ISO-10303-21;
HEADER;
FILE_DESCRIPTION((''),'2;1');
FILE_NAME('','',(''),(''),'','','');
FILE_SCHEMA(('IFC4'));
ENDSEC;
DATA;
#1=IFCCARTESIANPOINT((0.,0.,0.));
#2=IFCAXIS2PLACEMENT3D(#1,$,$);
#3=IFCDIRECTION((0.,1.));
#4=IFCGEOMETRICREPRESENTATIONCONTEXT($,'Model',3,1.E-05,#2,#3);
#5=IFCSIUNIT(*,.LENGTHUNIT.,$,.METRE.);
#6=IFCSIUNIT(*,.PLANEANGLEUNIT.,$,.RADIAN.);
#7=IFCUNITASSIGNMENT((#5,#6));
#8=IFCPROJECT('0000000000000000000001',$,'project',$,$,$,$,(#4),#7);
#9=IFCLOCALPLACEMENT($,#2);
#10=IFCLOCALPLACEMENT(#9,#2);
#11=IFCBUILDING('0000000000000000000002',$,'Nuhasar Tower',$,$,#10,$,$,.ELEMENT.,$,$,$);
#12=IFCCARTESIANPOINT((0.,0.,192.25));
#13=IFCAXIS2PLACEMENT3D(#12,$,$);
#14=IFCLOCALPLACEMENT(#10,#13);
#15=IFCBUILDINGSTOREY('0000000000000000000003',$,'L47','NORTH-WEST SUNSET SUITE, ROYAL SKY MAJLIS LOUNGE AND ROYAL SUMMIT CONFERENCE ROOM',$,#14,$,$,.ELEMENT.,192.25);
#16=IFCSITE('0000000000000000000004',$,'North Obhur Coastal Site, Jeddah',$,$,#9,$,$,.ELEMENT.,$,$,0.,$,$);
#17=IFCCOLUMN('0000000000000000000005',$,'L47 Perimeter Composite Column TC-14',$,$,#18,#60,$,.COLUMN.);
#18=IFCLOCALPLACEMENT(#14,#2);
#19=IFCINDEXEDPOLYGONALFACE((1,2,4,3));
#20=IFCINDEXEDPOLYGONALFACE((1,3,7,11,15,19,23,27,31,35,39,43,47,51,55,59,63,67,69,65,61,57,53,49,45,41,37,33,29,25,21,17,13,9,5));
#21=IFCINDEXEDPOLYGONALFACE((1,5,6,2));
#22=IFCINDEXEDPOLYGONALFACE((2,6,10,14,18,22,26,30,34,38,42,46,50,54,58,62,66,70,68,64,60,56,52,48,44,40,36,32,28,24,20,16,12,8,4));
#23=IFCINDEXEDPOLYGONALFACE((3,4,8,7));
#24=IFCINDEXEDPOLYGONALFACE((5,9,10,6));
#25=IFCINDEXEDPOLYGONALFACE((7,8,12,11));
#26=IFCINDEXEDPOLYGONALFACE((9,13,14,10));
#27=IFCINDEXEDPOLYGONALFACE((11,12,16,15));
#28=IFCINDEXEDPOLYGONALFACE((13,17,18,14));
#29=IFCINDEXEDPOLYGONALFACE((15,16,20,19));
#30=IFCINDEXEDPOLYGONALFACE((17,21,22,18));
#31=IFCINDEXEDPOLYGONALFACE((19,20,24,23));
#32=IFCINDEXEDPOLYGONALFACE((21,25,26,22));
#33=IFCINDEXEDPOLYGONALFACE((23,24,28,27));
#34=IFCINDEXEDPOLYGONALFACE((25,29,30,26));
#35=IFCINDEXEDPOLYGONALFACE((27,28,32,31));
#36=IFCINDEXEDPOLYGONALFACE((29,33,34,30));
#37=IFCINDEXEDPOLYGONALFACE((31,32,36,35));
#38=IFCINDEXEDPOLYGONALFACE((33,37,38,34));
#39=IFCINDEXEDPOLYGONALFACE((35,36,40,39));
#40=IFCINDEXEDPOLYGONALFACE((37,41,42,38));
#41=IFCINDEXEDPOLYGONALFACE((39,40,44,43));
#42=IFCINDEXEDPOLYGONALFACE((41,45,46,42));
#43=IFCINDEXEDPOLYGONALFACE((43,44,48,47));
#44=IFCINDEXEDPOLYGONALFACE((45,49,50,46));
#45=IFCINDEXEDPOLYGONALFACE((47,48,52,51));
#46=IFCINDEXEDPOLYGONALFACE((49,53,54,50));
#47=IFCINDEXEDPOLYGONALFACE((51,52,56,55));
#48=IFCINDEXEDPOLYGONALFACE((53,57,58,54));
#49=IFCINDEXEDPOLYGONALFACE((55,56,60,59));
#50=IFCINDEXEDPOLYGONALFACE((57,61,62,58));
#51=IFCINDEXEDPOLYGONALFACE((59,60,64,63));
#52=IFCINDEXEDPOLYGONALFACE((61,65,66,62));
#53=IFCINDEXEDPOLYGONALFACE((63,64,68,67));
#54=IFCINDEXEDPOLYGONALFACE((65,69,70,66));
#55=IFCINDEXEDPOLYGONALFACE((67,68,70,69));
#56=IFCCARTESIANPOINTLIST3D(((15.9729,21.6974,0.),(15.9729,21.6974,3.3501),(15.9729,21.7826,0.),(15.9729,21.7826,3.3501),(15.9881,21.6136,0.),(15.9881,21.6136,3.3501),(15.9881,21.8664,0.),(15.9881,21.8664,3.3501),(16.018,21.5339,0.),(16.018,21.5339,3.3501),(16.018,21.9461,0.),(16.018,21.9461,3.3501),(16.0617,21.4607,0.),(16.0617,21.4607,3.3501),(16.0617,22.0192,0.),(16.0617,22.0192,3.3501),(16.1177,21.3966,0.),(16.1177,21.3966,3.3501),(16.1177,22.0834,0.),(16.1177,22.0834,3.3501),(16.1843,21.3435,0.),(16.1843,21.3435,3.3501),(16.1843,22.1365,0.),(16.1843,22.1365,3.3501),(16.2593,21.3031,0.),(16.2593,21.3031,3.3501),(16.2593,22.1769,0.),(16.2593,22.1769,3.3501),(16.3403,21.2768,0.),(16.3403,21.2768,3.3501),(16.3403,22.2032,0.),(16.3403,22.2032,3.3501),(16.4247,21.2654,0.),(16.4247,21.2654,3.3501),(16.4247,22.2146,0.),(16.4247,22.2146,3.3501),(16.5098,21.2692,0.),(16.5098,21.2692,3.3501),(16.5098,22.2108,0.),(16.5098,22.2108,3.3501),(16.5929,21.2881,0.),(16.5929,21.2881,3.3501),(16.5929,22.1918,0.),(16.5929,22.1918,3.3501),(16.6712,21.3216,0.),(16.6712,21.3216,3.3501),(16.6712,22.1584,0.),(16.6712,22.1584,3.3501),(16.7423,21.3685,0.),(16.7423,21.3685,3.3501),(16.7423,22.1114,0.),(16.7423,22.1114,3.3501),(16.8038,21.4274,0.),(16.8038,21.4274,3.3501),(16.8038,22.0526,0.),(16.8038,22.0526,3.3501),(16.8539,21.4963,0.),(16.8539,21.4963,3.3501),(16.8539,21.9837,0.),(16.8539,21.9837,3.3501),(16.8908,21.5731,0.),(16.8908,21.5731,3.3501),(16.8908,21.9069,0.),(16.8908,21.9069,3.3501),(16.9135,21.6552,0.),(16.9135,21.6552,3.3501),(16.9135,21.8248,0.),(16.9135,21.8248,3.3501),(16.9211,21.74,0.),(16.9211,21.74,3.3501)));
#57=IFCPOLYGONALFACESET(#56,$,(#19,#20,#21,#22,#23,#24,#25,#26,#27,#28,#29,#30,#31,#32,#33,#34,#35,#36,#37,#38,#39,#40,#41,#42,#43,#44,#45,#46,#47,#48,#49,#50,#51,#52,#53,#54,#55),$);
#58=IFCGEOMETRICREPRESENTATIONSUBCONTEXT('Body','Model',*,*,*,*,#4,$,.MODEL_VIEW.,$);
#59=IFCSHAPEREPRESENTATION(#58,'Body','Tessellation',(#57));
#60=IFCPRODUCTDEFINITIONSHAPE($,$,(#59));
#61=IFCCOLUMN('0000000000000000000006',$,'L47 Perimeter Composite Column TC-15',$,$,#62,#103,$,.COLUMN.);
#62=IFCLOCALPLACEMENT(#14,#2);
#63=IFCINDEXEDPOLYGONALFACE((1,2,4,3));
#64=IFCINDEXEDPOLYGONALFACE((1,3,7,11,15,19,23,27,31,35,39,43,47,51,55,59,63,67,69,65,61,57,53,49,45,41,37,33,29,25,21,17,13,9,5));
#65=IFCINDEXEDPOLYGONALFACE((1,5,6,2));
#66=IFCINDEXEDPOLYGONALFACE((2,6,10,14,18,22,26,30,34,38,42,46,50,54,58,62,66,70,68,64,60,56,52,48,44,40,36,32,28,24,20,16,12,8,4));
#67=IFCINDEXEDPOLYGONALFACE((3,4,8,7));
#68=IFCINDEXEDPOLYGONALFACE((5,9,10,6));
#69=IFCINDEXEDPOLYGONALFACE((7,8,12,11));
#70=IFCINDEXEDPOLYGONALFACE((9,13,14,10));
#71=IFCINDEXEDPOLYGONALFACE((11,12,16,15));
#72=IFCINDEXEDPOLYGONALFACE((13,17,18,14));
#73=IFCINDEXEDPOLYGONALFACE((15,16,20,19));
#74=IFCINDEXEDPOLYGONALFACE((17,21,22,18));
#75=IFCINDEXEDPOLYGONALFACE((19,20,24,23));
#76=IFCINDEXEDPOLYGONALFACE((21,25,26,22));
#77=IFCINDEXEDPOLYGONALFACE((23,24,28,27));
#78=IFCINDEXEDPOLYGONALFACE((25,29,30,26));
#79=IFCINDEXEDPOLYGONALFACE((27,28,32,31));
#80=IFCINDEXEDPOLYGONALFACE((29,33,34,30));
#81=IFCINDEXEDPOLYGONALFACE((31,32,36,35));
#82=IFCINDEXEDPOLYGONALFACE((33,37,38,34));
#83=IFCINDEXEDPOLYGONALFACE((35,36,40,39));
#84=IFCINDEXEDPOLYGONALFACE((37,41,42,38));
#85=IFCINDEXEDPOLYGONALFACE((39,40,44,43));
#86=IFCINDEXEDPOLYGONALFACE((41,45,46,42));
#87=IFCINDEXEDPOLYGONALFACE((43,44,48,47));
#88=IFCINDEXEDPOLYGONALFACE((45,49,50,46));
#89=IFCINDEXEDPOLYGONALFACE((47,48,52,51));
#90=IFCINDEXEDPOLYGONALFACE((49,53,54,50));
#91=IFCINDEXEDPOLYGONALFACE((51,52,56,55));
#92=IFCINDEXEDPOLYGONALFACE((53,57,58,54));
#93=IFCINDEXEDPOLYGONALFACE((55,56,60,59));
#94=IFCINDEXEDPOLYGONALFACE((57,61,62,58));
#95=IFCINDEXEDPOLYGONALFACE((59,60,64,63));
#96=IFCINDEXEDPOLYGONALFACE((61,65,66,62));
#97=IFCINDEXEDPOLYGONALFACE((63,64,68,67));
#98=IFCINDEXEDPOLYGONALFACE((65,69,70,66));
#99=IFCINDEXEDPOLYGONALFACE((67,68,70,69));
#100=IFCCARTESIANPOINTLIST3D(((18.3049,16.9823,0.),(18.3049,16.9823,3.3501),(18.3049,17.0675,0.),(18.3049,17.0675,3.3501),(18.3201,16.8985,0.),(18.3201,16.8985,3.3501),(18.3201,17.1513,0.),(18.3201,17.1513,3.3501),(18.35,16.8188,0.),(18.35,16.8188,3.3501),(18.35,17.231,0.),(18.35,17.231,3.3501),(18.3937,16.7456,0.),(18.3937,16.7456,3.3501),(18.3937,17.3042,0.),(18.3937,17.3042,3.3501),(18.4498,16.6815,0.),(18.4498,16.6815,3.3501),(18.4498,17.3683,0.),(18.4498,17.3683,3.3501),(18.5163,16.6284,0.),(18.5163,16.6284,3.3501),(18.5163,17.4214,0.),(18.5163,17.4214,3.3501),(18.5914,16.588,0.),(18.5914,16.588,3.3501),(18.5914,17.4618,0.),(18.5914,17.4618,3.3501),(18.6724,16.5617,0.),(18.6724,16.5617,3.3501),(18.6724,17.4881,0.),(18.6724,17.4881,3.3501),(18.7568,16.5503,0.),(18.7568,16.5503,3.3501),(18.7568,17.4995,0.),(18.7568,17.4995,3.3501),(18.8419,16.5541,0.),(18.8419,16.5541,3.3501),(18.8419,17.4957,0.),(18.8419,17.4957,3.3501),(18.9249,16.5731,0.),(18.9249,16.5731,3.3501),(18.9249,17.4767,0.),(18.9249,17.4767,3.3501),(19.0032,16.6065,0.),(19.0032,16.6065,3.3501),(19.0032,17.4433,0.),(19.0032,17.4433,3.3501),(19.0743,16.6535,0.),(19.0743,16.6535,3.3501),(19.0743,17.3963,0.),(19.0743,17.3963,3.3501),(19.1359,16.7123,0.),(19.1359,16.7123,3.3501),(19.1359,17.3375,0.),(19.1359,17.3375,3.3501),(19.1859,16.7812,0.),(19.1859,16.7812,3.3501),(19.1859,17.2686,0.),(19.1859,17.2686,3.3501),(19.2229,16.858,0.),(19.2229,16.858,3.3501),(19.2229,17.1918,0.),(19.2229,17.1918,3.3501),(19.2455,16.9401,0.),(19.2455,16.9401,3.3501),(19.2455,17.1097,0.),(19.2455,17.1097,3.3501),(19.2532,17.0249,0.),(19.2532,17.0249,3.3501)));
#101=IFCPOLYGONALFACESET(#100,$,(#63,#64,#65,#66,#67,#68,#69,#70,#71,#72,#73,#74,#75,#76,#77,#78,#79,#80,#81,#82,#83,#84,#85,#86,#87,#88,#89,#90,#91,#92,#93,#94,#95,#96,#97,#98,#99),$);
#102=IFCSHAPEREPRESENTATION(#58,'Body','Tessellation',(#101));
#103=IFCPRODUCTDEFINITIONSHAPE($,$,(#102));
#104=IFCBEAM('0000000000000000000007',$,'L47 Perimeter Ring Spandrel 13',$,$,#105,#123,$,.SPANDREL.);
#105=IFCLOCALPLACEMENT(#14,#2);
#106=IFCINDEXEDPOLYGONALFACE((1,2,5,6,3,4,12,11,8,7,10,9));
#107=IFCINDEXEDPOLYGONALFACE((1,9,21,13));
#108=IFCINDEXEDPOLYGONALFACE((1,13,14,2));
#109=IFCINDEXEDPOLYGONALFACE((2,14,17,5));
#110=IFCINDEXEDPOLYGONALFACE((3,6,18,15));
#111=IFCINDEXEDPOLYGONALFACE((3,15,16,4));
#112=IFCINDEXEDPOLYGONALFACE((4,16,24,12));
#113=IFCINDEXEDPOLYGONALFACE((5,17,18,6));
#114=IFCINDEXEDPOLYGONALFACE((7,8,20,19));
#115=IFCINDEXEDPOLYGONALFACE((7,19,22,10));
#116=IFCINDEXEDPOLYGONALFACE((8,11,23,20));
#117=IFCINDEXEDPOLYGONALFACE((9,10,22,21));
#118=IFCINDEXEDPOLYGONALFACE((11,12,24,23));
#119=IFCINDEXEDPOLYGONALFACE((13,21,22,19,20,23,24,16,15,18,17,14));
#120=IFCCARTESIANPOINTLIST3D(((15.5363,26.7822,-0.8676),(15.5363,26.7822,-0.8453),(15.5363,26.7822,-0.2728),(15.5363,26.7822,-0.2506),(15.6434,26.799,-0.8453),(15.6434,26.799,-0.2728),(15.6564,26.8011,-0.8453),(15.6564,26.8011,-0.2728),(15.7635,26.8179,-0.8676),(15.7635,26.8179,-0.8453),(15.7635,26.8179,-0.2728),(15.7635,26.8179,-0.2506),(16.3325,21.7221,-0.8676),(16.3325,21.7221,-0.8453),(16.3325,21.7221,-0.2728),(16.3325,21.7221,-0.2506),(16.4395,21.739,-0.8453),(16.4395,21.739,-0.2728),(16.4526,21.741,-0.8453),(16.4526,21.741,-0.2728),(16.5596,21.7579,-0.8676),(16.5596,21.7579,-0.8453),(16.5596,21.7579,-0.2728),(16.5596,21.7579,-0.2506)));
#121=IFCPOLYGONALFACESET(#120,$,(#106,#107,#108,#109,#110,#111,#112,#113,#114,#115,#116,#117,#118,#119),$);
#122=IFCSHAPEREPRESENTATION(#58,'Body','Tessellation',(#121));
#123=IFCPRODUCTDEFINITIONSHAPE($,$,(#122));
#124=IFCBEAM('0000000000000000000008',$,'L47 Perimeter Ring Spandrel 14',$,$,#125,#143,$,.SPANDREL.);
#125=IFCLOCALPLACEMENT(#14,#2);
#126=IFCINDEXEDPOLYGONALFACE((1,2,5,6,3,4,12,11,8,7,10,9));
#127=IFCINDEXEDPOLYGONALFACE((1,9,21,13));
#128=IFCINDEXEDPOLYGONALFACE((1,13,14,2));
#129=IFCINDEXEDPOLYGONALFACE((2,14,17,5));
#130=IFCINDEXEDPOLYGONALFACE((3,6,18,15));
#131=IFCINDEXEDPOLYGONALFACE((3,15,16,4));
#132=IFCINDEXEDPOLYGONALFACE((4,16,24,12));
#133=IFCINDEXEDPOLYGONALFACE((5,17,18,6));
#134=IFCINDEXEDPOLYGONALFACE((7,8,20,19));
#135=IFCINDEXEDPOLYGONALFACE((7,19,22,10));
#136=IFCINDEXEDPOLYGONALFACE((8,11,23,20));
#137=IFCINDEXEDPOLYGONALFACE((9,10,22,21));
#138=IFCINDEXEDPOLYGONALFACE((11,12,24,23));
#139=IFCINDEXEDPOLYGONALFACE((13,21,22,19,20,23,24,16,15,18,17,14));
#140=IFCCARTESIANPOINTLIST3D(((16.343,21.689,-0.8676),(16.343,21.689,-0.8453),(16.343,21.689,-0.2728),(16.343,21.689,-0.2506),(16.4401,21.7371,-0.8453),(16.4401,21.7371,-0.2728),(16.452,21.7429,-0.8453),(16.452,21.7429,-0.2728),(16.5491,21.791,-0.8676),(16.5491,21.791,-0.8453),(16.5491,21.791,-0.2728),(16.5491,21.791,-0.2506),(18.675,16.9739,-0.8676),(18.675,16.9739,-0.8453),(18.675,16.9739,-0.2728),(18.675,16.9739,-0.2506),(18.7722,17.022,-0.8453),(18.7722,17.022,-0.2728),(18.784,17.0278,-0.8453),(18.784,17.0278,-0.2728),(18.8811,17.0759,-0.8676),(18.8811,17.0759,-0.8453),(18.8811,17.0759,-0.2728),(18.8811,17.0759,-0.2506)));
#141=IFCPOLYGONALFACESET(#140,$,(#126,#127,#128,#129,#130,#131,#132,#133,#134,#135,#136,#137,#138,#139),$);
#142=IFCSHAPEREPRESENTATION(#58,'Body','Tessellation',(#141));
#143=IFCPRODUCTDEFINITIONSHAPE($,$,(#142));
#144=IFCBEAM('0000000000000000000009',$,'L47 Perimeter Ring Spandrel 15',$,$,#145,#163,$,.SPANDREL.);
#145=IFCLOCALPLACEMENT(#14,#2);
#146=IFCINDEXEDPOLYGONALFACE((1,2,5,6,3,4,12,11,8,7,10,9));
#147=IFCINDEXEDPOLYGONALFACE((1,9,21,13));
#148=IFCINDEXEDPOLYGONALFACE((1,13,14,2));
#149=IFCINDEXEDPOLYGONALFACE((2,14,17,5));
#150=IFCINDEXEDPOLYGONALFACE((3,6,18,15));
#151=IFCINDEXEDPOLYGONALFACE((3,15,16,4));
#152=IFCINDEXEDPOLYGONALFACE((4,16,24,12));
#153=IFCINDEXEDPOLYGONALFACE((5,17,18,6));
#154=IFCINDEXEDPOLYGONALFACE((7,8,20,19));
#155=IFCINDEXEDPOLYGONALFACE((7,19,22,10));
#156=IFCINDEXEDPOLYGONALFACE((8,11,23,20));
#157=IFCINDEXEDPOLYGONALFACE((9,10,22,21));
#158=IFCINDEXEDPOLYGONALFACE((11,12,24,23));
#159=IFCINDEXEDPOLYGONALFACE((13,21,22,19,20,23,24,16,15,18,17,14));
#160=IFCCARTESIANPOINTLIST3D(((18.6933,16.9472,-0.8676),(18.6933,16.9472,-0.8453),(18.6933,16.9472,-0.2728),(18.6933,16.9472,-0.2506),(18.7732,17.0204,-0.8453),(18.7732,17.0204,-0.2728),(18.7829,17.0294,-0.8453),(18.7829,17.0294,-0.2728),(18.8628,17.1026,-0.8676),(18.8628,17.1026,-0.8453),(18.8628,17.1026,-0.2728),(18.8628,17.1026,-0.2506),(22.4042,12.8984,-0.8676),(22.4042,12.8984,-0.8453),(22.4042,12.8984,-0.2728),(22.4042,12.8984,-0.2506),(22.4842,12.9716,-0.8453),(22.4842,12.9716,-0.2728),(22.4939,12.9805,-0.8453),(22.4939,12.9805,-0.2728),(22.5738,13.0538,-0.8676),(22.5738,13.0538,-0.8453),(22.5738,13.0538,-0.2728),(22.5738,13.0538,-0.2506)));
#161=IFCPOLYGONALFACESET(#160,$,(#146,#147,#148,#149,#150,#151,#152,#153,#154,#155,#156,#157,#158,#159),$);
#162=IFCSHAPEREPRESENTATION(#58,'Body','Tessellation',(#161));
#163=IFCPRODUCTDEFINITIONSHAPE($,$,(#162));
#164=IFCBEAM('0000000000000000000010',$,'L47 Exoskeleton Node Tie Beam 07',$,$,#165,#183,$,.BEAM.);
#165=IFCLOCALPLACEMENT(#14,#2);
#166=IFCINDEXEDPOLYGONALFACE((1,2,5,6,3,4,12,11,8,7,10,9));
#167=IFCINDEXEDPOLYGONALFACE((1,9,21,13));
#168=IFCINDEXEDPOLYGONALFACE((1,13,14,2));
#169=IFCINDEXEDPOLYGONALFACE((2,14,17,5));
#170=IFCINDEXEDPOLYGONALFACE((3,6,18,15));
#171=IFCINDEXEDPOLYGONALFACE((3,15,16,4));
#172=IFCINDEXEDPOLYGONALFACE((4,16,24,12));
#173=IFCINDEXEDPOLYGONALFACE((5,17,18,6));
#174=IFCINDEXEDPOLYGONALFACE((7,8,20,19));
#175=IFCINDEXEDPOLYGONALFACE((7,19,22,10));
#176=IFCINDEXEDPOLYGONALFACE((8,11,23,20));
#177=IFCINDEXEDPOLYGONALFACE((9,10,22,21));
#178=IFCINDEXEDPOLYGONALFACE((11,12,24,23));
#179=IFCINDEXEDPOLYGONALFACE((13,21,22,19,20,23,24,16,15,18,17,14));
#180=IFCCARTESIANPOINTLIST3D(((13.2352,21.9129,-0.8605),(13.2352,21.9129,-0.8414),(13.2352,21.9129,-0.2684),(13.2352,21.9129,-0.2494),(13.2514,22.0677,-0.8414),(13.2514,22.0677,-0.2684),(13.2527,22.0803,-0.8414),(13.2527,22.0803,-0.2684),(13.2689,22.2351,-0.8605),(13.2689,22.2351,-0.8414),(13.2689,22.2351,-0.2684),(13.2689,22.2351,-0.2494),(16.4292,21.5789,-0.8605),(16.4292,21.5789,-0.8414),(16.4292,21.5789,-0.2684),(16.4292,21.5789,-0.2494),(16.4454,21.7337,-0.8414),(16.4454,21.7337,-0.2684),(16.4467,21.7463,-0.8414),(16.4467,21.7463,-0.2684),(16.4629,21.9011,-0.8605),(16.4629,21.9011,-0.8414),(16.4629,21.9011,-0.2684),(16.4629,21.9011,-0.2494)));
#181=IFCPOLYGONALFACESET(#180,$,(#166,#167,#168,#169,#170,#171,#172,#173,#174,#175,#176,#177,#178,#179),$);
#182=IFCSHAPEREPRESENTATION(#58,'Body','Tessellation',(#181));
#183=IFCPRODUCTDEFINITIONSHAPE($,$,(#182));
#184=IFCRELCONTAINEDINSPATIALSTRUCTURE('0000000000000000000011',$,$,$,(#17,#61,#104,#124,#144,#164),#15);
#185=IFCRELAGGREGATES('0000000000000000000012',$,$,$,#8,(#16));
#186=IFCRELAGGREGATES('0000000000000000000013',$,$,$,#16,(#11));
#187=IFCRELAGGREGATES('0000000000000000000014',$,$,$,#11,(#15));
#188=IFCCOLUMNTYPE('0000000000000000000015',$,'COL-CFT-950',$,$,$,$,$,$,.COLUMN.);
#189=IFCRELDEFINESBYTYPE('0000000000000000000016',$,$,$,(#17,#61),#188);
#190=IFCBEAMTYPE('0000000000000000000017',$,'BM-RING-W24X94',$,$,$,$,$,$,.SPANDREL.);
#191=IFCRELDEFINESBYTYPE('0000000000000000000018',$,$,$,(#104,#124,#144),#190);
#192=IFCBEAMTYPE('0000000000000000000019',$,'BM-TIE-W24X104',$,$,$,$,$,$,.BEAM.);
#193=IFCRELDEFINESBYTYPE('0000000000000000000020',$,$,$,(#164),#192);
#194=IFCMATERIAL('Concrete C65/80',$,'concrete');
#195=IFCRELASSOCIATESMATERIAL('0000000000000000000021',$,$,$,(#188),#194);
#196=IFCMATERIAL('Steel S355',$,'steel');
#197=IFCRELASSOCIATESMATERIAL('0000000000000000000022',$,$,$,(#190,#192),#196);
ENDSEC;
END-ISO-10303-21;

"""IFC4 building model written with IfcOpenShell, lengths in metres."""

from ifc_helpers import new_model, si_unit, direction, frame, origin, origin_2d, place, context, subcontext, project, spatial, circle, i_section, extrude, material, material_profile, profile_set, type_object, element, save


model = new_model("IFC4")

# Units and contexts
model_context = context("Model", 3, precision=1e-05, world=origin(), true_north=direction((0.0, 1.0)))
body_context = subcontext(model_context, "Body", "Model", "MODEL_VIEW")
ifc_project = project(units=[si_unit("LENGTHUNIT", "METRE"), si_unit("PLANEANGLEUNIT", "RADIAN")], contexts=[model_context])

# Site, building, storey
site_placement = place(None, origin())
site = spatial("IfcSite", under=ifc_project, at=site_placement, Name="North Obhur Coastal Site, Jeddah", CompositionType="ELEMENT", RefElevation=0.0)
building_placement = place(site_placement, origin())
building = spatial("IfcBuilding", under=site, at=building_placement, Name="Nuhasar Tower", CompositionType="ELEMENT")
storey_placement = place(building_placement, frame((0.0, 0.0, 192.25)))
storey = spatial("IfcBuildingStorey", under=building, at=storey_placement, Name="L47", Description="NORTH-WEST SUNSET SUITE, ROYAL SKY MAJLIS LOUNGE AND ROYAL SUMMIT CONFERENCE ROOM", CompositionType="ELEMENT", Elevation=192.25)

# Columns
ifc_material_1 = material(Name="Concrete C65/80", Category="concrete")
ifc_material_profile_1 = material_profile(ifc_material_1, circle(Radius=0.4751, at=origin_2d()), Name="CFT950")
ifc_profile_set_1 = profile_set([ifc_material_profile_1], Name="Concrete C65/80")
column_type = type_object("IfcColumnType", Name="COL-CFT-950", PredefinedType="COLUMN", material=ifc_profile_set_1)
for number, where, z_axis, x_axis, name in (
    (1, (16.446, 21.74, 0.0), (0.0, 0.0, 1.0), (1.0, 0.0, 0.0), "L47 Perimeter Composite Column TC-14"),
    (2, (18.7781, 17.0249, 0.0), (0.0, 0.0, 1.0), (1.0, 0.0, 0.0), "L47 Perimeter Composite Column TC-15"),
):
    element("IfcColumn", number, at=place(storey_placement, frame(where, z_axis=z_axis, x_axis=x_axis)), inside=storey, type_object=column_type, Name=name, PredefinedType="COLUMN", context=body_context, shape_type="SweptSolid", body=[
        extrude(circle(Radius=0.4751, at=origin_2d()), origin(), (0.0, 0.0, 1.0), 3.3501),
    ])

# Beams
ifc_material_2 = material(Name="Steel S355", Category="steel")
ifc_material_profile_2 = material_profile(ifc_material_2, i_section(OverallWidth=0.23, OverallDepth=0.6169, WebThickness=0.0132, FlangeThickness=0.0222, at=origin_2d()), Name="W24X94")
ifc_profile_set_2 = profile_set([ifc_material_profile_2], Name="Steel S355")
beam_type_1 = type_object("IfcBeamType", Name="BM-RING-W24X94", PredefinedType="SPANDREL", material=ifc_profile_set_2)
beam_1_placement = place(storey_placement, frame((15.6499, 26.8, -0.5591), z_axis=(0.155427, -0.987847, 0.0), x_axis=(0.987847, 0.155427, 0.0)))
element("IfcBeam", 3, at=beam_1_placement, inside=storey, type_object=beam_type_1, Name="L47 Perimeter Ring Spandrel 13", PredefinedType="SPANDREL", context=body_context, shape_type="SweptSolid", body=[
    extrude(i_section(OverallWidth=0.23, OverallDepth=0.6169, WebThickness=0.0132, FlangeThickness=0.0222, at=origin_2d()), origin(), (0.0, 0.0, 1.0), 5.1223),
])
beam_2_placement = place(storey_placement, frame((16.446, 21.74, -0.5591), z_axis=(0.443329, -0.896359, 0.0), x_axis=(0.896359, 0.443329, 0.0)))
element("IfcBeam", 4, at=beam_2_placement, inside=storey, type_object=beam_type_1, Name="L47 Perimeter Ring Spandrel 14", PredefinedType="SPANDREL", context=body_context, shape_type="SweptSolid", body=[
    extrude(i_section(OverallWidth=0.23, OverallDepth=0.6169, WebThickness=0.0132, FlangeThickness=0.0222, at=origin_2d()), origin(), (0.0, 0.0, 1.0), 5.2603),
])
beam_3_placement = place(storey_placement, frame((18.7781, 17.0249, -0.5591), z_axis=(0.675676, -0.737198, 0.0), x_axis=(0.737198, 0.675676, 0.0)))
element("IfcBeam", 5, at=beam_3_placement, inside=storey, type_object=beam_type_1, Name="L47 Perimeter Ring Spandrel 15", PredefinedType="SPANDREL", context=body_context, shape_type="SweptSolid", body=[
    extrude(i_section(OverallWidth=0.23, OverallDepth=0.6169, WebThickness=0.0132, FlangeThickness=0.0222, at=origin_2d()), origin(), (0.0, 0.0, 1.0), 5.4922),
])
ifc_material_profile_3 = material_profile(ifc_material_2, i_section(OverallWidth=0.324, OverallDepth=0.6111, WebThickness=0.0127, FlangeThickness=0.019, at=origin_2d()), Name="W24X104")
ifc_profile_set_3 = profile_set([ifc_material_profile_3], Name="Steel S355")
beam_type_2 = type_object("IfcBeamType", Name="BM-TIE-W24X104", PredefinedType="BEAM", material=ifc_profile_set_3)
beam_4_placement = place(storey_placement, frame((16.446, 21.74, -0.5549), z_axis=(-0.994578, 0.103996, 0.0), x_axis=(-0.103996, -0.994578, 0.0)))
element("IfcBeam", 6, at=beam_4_placement, inside=storey, type_object=beam_type_2, Name="L47 Exoskeleton Node Tie Beam 07", PredefinedType="BEAM", context=body_context, shape_type="SweptSolid", body=[
    extrude(i_section(OverallWidth=0.324, OverallDepth=0.6111, WebThickness=0.0127, FlangeThickness=0.019, at=origin_2d()), origin(), (0.0, 0.0, 1.0), 3.2114),
])

save(model, "model.ifc")
